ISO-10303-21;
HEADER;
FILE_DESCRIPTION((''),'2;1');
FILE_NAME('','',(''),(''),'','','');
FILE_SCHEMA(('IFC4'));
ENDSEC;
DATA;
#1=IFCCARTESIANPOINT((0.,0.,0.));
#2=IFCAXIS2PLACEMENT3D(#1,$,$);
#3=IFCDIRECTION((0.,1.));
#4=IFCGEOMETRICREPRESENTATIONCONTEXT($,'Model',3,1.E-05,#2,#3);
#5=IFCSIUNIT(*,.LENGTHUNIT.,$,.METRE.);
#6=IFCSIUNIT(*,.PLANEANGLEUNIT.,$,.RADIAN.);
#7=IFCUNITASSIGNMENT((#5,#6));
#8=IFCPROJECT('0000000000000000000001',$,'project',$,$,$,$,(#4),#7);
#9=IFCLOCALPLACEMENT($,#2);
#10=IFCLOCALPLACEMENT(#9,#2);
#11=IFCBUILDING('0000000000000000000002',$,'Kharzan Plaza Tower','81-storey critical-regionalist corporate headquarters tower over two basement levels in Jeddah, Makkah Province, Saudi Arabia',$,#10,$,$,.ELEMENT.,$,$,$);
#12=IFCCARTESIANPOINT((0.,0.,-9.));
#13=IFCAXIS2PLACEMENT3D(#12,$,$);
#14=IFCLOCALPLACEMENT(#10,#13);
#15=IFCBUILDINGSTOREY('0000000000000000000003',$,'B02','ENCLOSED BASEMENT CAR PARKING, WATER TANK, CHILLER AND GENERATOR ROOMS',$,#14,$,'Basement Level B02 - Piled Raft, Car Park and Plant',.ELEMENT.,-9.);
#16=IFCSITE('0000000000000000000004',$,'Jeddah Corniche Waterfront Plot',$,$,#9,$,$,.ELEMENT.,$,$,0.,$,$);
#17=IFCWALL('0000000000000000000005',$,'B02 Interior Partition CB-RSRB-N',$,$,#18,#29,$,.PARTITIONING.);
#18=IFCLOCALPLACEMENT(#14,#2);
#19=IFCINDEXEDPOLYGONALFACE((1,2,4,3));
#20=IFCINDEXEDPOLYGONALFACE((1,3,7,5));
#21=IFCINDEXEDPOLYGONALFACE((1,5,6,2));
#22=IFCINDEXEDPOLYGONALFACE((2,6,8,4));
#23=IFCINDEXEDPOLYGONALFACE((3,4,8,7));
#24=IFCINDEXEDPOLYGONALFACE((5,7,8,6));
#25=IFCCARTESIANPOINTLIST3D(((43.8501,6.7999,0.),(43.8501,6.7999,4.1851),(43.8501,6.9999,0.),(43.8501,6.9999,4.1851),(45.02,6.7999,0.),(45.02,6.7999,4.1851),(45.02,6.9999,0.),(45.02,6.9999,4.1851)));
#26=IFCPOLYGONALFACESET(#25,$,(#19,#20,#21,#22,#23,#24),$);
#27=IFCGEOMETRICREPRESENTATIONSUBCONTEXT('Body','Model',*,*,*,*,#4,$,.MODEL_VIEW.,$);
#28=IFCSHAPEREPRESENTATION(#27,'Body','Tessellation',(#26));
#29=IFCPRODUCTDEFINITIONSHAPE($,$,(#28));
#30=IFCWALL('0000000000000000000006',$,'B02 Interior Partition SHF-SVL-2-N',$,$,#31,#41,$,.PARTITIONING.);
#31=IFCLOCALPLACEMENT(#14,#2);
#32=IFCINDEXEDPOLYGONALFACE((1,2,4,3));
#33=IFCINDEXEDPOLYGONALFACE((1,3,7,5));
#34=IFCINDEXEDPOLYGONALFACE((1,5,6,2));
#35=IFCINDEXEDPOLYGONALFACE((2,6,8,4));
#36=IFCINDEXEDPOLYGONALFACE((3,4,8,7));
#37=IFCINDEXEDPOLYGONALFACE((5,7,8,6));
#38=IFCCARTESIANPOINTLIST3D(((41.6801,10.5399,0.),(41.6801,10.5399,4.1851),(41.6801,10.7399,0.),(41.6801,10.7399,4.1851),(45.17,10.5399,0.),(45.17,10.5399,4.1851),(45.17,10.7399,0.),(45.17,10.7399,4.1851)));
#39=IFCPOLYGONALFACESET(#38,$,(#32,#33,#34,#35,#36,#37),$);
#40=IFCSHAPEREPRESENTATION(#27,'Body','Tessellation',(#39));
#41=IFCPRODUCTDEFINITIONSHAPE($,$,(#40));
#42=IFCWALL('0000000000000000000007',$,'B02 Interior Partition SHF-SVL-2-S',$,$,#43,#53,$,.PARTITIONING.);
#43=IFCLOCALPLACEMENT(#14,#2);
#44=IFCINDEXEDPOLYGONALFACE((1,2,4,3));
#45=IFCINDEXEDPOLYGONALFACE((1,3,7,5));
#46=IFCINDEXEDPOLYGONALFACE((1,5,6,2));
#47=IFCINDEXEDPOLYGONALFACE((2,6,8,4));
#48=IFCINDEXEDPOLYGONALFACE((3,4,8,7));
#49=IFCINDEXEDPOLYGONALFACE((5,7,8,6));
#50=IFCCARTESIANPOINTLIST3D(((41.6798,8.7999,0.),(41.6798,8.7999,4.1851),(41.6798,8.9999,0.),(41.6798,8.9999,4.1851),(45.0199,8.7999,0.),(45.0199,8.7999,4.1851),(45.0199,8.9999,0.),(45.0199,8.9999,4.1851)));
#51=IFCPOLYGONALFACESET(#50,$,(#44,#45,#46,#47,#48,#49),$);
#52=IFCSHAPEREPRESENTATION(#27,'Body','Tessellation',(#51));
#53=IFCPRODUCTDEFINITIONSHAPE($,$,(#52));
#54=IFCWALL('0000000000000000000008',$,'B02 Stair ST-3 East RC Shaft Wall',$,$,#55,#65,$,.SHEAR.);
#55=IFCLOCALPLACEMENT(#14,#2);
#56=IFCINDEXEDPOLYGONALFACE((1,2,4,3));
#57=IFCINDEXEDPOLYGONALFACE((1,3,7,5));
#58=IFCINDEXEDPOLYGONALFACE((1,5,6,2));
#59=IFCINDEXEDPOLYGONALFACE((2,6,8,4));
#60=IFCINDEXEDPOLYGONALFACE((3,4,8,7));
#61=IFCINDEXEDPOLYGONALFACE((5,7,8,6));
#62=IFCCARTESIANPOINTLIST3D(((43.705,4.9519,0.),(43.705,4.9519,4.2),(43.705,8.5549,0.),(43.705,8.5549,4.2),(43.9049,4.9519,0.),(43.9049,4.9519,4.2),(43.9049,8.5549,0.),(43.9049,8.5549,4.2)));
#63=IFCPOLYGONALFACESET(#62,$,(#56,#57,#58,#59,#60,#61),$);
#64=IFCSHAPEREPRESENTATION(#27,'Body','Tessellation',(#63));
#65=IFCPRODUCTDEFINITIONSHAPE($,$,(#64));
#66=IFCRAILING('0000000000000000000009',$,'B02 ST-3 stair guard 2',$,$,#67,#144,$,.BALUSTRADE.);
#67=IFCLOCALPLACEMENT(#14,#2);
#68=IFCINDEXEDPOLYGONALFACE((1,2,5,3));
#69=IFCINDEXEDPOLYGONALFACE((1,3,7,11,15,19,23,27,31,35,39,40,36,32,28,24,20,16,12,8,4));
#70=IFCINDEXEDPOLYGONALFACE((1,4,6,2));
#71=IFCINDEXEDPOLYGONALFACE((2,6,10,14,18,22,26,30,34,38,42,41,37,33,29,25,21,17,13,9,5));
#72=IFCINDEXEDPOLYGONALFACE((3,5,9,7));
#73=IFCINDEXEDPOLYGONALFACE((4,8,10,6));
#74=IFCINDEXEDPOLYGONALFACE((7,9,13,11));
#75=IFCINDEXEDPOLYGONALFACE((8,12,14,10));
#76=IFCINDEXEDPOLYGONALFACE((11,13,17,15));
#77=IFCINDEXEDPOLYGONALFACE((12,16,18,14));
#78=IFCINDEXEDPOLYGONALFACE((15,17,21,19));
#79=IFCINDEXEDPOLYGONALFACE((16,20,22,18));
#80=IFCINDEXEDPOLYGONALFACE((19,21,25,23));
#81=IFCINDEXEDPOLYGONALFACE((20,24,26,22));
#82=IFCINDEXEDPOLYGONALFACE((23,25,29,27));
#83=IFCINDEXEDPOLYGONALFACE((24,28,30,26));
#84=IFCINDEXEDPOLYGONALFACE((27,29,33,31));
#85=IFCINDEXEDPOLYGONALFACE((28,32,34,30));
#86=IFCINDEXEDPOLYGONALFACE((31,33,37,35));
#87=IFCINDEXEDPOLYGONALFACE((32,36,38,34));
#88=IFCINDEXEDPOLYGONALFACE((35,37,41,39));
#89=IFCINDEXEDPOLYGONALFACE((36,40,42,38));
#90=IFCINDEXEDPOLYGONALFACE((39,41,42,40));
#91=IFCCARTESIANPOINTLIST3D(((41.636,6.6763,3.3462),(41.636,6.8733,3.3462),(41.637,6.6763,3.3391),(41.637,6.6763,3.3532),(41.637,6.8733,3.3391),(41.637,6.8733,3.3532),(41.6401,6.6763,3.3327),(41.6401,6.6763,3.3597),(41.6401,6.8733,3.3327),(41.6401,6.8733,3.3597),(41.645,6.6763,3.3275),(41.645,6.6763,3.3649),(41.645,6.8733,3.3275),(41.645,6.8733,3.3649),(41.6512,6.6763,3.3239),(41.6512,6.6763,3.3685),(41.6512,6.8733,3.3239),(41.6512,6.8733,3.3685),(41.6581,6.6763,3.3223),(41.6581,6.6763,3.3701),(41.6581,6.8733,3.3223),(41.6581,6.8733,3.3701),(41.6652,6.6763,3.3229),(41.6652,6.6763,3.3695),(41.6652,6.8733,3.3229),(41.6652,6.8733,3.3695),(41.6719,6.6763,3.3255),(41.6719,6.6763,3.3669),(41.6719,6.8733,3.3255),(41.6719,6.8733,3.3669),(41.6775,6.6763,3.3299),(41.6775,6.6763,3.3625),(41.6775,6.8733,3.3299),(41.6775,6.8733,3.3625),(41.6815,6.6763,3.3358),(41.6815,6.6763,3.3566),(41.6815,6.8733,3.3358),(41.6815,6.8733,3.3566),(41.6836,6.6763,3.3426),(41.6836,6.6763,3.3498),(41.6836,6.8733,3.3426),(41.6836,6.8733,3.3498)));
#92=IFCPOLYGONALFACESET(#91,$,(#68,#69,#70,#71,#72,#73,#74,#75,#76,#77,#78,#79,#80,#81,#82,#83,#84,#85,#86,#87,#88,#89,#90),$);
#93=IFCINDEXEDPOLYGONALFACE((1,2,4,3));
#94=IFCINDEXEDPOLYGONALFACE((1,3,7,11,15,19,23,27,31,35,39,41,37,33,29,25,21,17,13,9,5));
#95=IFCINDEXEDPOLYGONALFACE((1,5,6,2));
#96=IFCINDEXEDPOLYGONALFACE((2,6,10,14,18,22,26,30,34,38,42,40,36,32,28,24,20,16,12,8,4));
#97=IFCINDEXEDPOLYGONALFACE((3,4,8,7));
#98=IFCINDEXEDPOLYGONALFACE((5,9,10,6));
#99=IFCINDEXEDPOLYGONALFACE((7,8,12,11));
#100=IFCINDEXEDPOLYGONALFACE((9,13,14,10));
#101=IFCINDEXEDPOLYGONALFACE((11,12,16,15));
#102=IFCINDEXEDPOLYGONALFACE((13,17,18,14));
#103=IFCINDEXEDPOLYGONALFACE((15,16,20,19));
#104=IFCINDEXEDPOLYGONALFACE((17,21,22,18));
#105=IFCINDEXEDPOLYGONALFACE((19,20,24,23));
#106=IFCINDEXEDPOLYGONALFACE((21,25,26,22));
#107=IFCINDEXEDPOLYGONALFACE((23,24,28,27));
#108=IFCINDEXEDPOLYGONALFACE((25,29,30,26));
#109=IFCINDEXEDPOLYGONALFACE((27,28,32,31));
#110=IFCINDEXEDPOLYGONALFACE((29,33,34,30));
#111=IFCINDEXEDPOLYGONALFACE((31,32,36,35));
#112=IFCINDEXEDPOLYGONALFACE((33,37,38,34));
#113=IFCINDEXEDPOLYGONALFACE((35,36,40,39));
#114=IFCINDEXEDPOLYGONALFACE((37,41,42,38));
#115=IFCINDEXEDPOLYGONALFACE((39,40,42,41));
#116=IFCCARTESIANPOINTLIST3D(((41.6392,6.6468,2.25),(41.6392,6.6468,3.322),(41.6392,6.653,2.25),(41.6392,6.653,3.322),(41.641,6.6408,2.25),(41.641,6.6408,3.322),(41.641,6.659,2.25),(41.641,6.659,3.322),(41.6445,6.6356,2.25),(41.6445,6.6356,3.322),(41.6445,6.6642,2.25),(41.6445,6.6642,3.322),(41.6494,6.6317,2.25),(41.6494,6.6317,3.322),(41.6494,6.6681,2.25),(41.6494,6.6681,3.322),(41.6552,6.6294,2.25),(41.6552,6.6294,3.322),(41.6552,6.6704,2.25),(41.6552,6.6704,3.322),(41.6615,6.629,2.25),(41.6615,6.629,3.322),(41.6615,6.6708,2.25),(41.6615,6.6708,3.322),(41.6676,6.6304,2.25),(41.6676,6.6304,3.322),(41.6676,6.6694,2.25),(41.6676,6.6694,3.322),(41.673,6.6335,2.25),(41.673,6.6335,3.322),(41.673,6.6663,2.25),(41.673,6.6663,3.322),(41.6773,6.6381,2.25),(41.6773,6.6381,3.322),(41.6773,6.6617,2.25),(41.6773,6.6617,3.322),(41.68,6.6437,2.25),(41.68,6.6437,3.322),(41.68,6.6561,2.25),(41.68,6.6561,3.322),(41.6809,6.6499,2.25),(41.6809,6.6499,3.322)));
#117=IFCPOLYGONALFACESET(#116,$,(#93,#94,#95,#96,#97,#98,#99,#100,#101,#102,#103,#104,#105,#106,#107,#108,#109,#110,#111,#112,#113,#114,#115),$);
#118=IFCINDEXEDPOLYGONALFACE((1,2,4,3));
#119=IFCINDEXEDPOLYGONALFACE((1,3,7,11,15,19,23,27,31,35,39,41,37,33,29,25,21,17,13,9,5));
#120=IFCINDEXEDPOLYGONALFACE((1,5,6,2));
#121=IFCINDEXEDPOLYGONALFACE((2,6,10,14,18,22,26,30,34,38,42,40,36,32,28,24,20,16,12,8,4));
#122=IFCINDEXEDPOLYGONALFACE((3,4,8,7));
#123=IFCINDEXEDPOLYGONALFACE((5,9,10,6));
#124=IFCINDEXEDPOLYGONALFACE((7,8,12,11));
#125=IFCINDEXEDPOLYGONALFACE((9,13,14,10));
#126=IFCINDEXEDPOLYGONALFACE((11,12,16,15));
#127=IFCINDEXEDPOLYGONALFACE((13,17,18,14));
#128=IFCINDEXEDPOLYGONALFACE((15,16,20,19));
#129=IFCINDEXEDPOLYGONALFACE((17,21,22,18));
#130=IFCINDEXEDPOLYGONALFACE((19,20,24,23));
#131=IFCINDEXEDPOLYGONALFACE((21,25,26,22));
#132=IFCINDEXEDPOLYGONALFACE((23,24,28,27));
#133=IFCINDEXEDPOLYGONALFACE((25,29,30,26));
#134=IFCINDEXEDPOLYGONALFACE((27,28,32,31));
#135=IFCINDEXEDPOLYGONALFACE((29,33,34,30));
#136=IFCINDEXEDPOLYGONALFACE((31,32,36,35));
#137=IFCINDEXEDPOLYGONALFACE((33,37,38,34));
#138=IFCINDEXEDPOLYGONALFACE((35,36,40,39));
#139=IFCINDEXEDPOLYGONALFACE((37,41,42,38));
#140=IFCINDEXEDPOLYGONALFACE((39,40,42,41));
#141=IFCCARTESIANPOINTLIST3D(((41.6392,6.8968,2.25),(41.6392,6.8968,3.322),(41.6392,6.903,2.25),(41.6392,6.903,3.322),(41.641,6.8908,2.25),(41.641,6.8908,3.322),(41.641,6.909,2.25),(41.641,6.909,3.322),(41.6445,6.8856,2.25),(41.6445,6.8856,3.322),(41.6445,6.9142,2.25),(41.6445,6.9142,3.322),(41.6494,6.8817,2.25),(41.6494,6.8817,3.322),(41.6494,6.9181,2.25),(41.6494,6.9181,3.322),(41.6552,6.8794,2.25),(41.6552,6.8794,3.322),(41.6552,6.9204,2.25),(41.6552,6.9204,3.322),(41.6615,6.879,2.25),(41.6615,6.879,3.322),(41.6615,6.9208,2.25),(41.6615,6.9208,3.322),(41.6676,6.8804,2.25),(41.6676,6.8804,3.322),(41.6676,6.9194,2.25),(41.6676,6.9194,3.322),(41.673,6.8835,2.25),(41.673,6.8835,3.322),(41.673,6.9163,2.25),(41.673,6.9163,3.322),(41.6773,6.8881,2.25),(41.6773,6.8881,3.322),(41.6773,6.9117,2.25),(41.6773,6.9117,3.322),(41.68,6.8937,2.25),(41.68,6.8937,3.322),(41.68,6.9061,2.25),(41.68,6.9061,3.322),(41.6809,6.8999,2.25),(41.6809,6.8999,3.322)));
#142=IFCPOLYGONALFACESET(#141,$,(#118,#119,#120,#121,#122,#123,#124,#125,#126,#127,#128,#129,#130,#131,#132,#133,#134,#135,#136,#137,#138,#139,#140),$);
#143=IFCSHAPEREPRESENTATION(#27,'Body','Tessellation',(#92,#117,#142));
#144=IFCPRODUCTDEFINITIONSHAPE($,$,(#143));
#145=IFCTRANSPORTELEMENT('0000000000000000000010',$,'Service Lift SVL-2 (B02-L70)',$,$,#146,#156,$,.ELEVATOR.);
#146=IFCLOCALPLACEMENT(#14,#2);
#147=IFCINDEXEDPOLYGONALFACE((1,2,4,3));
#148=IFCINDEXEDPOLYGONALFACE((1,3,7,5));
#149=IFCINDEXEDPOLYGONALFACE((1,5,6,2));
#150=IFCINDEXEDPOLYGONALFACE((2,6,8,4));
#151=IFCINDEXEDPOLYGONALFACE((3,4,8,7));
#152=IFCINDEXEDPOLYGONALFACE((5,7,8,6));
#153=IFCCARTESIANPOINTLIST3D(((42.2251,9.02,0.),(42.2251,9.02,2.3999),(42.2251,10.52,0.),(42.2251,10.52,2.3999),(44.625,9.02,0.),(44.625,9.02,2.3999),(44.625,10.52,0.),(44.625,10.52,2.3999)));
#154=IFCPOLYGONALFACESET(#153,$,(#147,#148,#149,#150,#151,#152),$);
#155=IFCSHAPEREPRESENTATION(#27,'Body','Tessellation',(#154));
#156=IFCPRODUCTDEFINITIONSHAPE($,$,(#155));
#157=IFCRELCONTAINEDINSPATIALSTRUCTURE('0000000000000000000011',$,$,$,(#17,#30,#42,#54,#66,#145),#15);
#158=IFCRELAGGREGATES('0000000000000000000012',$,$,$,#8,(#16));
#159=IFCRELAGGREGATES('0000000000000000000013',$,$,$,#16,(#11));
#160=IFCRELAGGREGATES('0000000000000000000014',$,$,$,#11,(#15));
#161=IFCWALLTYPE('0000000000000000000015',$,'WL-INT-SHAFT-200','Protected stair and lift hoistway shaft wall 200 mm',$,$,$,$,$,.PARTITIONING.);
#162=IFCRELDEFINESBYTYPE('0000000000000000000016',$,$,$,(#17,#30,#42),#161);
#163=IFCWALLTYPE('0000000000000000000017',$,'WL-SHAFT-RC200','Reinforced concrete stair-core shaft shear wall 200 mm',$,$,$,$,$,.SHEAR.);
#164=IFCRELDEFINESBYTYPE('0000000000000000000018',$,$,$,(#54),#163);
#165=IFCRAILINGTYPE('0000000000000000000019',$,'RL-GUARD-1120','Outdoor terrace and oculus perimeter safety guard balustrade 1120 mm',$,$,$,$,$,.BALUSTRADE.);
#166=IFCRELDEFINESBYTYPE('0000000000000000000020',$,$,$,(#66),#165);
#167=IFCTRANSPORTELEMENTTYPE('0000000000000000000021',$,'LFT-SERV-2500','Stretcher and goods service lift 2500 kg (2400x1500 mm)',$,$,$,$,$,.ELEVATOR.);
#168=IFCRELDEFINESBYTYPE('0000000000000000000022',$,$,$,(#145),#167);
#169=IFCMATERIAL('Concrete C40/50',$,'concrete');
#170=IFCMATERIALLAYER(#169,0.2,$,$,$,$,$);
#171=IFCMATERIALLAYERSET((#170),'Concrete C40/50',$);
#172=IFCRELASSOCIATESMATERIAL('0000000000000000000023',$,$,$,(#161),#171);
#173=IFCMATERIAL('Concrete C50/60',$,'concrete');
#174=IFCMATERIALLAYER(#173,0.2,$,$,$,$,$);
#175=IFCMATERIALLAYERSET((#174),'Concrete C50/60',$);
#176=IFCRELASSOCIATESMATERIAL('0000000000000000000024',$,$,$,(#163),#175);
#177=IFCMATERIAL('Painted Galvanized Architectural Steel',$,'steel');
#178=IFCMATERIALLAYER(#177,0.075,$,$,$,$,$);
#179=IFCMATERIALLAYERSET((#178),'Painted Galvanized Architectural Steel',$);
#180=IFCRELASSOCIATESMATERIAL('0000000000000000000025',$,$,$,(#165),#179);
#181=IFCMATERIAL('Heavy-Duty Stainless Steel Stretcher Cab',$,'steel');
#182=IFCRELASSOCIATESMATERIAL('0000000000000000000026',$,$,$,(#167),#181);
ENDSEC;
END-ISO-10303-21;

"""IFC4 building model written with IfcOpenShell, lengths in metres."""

from ifc_helpers import new_model, si_unit, direction, frame, frame_2d, origin, origin_2d, place, context, subcontext, project, spatial, rectangle, circle, extrude, source, transform, mapped, material, layer, layer_set, type_object, element, save


model = new_model("IFC4")

# Units and contexts
model_context = context("Model", 3, precision=1e-05, world=origin(), true_north=direction((0.0, 1.0)))
body_context = subcontext(model_context, "Body", "Model", "MODEL_VIEW")
ifc_project = project(units=[si_unit("LENGTHUNIT", "METRE"), si_unit("PLANEANGLEUNIT", "RADIAN")], contexts=[model_context])

# Site, building, storey
site_placement = place(None, origin())
site = spatial("IfcSite", under=ifc_project, at=site_placement, Name="Jeddah Corniche Waterfront Plot", CompositionType="ELEMENT", RefElevation=0.0)
building_placement = place(site_placement, origin())
building = spatial("IfcBuilding", under=site, at=building_placement, Name="Kharzan Plaza Tower", Description="81-storey critical-regionalist corporate headquarters tower over two basement levels in Jeddah, Makkah Province, Saudi Arabia", CompositionType="ELEMENT")
storey_placement = place(building_placement, frame((0.0, 0.0, -9.0)))
storey = spatial("IfcBuildingStorey", under=building, at=storey_placement, Name="B02", Description="ENCLOSED BASEMENT CAR PARKING, WATER TANK, CHILLER AND GENERATOR ROOMS", LongName="Basement Level B02 - Piled Raft, Car Park and Plant", CompositionType="ELEMENT", Elevation=-9.0)

# Shared definitions
ifc_material_1 = material(Name="Concrete C50/60", Category="concrete")

# Shared definitions
ifc_material_2 = material(Name="Concrete C40/50", Category="concrete")
ifc_layer_1 = layer(ifc_material_2, 0.2)
ifc_layer_set_1 = layer_set([ifc_layer_1], Name="Concrete C40/50")
wall_type_1 = type_object("IfcWallType", Name="WL-INT-SHAFT-200", Description="Protected stair and lift hoistway shaft wall 200 mm", PredefinedType="PARTITIONING", material=ifc_layer_set_1)

# Walls
shared_shape_1 = source(origin(), body_context, "Body", "SweptSolid", [
    extrude(rectangle(XDim=1.1699, YDim=0.2, at=frame_2d((0.585, 0.0))), origin(), (0.0, 0.0, 1.0), 4.1851),
])
wall_1_placement = place(storey_placement, frame((43.8501, 6.8999, 0.0), z_axis=(0.0, 0.0, 1.0), x_axis=(1.0, 0.0, 0.0)))
element("IfcWall", 1, at=wall_1_placement, inside=storey, type_object=wall_type_1, Name="B02 Interior Partition CB-RSRB-N", PredefinedType="PARTITIONING", context=body_context, shape_type="MappedRepresentation", body=[
    mapped(shared_shape_1, transform((0.0, 0.0, 0.0), x_axis=(1.0, 0.0, 0.0), y_axis=(0.0, 1.0, 0.0), z_axis=(0.0, 0.0, 1.0))),
])
shared_shape_2 = source(origin(), body_context, "Body", "SweptSolid", [
    extrude(rectangle(XDim=3.49, YDim=0.2, at=frame_2d((1.7451, 0.0))), origin(), (0.0, 0.0, 1.0), 4.1851),
])
wall_2_placement = place(storey_placement, frame((41.6799, 10.6399, 0.0), z_axis=(0.0, 0.0, 1.0), x_axis=(1.0, 0.0, 0.0)))
element("IfcWall", 2, at=wall_2_placement, inside=storey, type_object=wall_type_1, Name="B02 Interior Partition SHF-SVL-2-N", PredefinedType="PARTITIONING", context=body_context, shape_type="MappedRepresentation", body=[
    mapped(shared_shape_2, transform((0.0, 0.0, 0.0), x_axis=(1.0, 0.0, 0.0), y_axis=(0.0, 1.0, 0.0), z_axis=(0.0, 0.0, 1.0))),
])
shared_shape_3 = source(origin(), body_context, "Body", "SweptSolid", [
    extrude(rectangle(XDim=3.3401, YDim=0.2, at=frame_2d((1.6699, 0.0))), origin(), (0.0, 0.0, 1.0), 4.1851),
])
wall_3_placement = place(storey_placement, frame((41.6799, 8.8999, 0.0), z_axis=(0.0, 0.0, 1.0), x_axis=(1.0, 0.0, 0.0)))
element("IfcWall", 3, at=wall_3_placement, inside=storey, type_object=wall_type_1, Name="B02 Interior Partition SHF-SVL-2-S", PredefinedType="PARTITIONING", context=body_context, shape_type="MappedRepresentation", body=[
    mapped(shared_shape_3, transform((0.0, 0.0, 0.0), x_axis=(1.0, 0.0, 0.0), y_axis=(0.0, 1.0, 0.0), z_axis=(0.0, 0.0, 1.0))),
])
ifc_layer_2 = layer(ifc_material_1, 0.2)
ifc_layer_set_2 = layer_set([ifc_layer_2], Name="Concrete C50/60")
wall_type_2 = type_object("IfcWallType", Name="WL-SHAFT-RC200", Description="Reinforced concrete stair-core shaft shear wall 200 mm", PredefinedType="SHEAR", material=ifc_layer_set_2)
shared_shape_4 = source(origin(), body_context, "Body", "SweptSolid", [
    extrude(rectangle(XDim=3.603, YDim=0.2, at=frame_2d((1.8015, 0.0))), origin(), (0.0, 0.0, 1.0), 4.2),
])
wall_4_placement = place(storey_placement, frame((43.8049, 4.9519, 0.0), z_axis=(0.0, 0.0, 1.0), x_axis=(0.0, 1.0, 0.0)))
element("IfcWall", 4, at=wall_4_placement, inside=storey, type_object=wall_type_2, Name="B02 Stair ST-3 East RC Shaft Wall", PredefinedType="SHEAR", context=body_context, shape_type="MappedRepresentation", body=[
    mapped(shared_shape_4, transform((0.0, 0.0, 0.0), x_axis=(1.0, 0.0, 0.0), y_axis=(0.0, 1.0, 0.0), z_axis=(0.0, 0.0, 1.0))),
])

# Railing
ifc_material_3 = material(Name="Painted Galvanized Architectural Steel", Category="steel")
ifc_layer_3 = layer(ifc_material_3, 0.075)
ifc_layer_set_3 = layer_set([ifc_layer_3], Name="Painted Galvanized Architectural Steel")
railing_type = type_object("IfcRailingType", Name="RL-GUARD-1120", Description="Outdoor terrace and oculus perimeter safety guard balustrade 1120 mm", PredefinedType="BALUSTRADE", material=ifc_layer_set_3)
shared_shape_5 = source(origin(), body_context, "Body", "SweptSolid", [
    extrude(circle(Radius=0.0239, at=origin_2d()), frame((0.0, 0.0264, 1.0962), z_axis=(0.0, 1.0, 0.0), x_axis=(-1.0, 0.0, 0.0)), (0.0, 0.0, 1.0), 0.197),
    extrude(circle(Radius=0.021, at=origin_2d()), origin(), (0.0, 0.0, 1.0), 1.072),
    extrude(circle(Radius=0.021, at=origin_2d()), frame((0.0, 0.25, 0.0)), (0.0, 0.0, 1.0), 1.072),
])
railing_placement = place(storey_placement, frame((41.6599, 6.6499, 2.25)))
element("IfcRailing", 5, at=railing_placement, inside=storey, type_object=railing_type, Name="B02 ST-3 stair guard 2", PredefinedType="BALUSTRADE", context=body_context, shape_type="MappedRepresentation", body=[
    mapped(shared_shape_5, transform((0.0, 0.0, 0.0), x_axis=(1.0, 0.0, 0.0), y_axis=(0.0, 1.0, 0.0), z_axis=(0.0, 0.0, 1.0))),
])

# Transport element
ifc_material_4 = material(Name="Heavy-Duty Stainless Steel Stretcher Cab", Category="steel")
transport_element_type = type_object("IfcTransportElementType", Name="LFT-SERV-2500", Description="Stretcher and goods service lift 2500 kg (2400x1500 mm)", PredefinedType="ELEVATOR", material=ifc_material_4)
shared_shape_6 = source(origin(), body_context, "Body", "SweptSolid", [
    extrude(rectangle(XDim=2.3999, YDim=1.5, at=origin_2d()), origin(), (0.0, 0.0, 1.0), 2.3999),
])
transport_element_placement = place(storey_placement, frame((43.425, 9.77, 0.0), z_axis=(0.0, 0.0, 1.0), x_axis=(1.0, 0.0, 0.0)))
element("IfcTransportElement", 6, at=transport_element_placement, inside=storey, type_object=transport_element_type, Name="Service Lift SVL-2 (B02-L70)", PredefinedType="ELEVATOR", context=body_context, shape_type="MappedRepresentation", body=[
    mapped(shared_shape_6, transform((0.0, 0.0, 0.0), x_axis=(1.0, 0.0, 0.0), y_axis=(0.0, 1.0, 0.0), z_axis=(0.0, 0.0, 1.0))),
])

save(model, "model.ifc")
